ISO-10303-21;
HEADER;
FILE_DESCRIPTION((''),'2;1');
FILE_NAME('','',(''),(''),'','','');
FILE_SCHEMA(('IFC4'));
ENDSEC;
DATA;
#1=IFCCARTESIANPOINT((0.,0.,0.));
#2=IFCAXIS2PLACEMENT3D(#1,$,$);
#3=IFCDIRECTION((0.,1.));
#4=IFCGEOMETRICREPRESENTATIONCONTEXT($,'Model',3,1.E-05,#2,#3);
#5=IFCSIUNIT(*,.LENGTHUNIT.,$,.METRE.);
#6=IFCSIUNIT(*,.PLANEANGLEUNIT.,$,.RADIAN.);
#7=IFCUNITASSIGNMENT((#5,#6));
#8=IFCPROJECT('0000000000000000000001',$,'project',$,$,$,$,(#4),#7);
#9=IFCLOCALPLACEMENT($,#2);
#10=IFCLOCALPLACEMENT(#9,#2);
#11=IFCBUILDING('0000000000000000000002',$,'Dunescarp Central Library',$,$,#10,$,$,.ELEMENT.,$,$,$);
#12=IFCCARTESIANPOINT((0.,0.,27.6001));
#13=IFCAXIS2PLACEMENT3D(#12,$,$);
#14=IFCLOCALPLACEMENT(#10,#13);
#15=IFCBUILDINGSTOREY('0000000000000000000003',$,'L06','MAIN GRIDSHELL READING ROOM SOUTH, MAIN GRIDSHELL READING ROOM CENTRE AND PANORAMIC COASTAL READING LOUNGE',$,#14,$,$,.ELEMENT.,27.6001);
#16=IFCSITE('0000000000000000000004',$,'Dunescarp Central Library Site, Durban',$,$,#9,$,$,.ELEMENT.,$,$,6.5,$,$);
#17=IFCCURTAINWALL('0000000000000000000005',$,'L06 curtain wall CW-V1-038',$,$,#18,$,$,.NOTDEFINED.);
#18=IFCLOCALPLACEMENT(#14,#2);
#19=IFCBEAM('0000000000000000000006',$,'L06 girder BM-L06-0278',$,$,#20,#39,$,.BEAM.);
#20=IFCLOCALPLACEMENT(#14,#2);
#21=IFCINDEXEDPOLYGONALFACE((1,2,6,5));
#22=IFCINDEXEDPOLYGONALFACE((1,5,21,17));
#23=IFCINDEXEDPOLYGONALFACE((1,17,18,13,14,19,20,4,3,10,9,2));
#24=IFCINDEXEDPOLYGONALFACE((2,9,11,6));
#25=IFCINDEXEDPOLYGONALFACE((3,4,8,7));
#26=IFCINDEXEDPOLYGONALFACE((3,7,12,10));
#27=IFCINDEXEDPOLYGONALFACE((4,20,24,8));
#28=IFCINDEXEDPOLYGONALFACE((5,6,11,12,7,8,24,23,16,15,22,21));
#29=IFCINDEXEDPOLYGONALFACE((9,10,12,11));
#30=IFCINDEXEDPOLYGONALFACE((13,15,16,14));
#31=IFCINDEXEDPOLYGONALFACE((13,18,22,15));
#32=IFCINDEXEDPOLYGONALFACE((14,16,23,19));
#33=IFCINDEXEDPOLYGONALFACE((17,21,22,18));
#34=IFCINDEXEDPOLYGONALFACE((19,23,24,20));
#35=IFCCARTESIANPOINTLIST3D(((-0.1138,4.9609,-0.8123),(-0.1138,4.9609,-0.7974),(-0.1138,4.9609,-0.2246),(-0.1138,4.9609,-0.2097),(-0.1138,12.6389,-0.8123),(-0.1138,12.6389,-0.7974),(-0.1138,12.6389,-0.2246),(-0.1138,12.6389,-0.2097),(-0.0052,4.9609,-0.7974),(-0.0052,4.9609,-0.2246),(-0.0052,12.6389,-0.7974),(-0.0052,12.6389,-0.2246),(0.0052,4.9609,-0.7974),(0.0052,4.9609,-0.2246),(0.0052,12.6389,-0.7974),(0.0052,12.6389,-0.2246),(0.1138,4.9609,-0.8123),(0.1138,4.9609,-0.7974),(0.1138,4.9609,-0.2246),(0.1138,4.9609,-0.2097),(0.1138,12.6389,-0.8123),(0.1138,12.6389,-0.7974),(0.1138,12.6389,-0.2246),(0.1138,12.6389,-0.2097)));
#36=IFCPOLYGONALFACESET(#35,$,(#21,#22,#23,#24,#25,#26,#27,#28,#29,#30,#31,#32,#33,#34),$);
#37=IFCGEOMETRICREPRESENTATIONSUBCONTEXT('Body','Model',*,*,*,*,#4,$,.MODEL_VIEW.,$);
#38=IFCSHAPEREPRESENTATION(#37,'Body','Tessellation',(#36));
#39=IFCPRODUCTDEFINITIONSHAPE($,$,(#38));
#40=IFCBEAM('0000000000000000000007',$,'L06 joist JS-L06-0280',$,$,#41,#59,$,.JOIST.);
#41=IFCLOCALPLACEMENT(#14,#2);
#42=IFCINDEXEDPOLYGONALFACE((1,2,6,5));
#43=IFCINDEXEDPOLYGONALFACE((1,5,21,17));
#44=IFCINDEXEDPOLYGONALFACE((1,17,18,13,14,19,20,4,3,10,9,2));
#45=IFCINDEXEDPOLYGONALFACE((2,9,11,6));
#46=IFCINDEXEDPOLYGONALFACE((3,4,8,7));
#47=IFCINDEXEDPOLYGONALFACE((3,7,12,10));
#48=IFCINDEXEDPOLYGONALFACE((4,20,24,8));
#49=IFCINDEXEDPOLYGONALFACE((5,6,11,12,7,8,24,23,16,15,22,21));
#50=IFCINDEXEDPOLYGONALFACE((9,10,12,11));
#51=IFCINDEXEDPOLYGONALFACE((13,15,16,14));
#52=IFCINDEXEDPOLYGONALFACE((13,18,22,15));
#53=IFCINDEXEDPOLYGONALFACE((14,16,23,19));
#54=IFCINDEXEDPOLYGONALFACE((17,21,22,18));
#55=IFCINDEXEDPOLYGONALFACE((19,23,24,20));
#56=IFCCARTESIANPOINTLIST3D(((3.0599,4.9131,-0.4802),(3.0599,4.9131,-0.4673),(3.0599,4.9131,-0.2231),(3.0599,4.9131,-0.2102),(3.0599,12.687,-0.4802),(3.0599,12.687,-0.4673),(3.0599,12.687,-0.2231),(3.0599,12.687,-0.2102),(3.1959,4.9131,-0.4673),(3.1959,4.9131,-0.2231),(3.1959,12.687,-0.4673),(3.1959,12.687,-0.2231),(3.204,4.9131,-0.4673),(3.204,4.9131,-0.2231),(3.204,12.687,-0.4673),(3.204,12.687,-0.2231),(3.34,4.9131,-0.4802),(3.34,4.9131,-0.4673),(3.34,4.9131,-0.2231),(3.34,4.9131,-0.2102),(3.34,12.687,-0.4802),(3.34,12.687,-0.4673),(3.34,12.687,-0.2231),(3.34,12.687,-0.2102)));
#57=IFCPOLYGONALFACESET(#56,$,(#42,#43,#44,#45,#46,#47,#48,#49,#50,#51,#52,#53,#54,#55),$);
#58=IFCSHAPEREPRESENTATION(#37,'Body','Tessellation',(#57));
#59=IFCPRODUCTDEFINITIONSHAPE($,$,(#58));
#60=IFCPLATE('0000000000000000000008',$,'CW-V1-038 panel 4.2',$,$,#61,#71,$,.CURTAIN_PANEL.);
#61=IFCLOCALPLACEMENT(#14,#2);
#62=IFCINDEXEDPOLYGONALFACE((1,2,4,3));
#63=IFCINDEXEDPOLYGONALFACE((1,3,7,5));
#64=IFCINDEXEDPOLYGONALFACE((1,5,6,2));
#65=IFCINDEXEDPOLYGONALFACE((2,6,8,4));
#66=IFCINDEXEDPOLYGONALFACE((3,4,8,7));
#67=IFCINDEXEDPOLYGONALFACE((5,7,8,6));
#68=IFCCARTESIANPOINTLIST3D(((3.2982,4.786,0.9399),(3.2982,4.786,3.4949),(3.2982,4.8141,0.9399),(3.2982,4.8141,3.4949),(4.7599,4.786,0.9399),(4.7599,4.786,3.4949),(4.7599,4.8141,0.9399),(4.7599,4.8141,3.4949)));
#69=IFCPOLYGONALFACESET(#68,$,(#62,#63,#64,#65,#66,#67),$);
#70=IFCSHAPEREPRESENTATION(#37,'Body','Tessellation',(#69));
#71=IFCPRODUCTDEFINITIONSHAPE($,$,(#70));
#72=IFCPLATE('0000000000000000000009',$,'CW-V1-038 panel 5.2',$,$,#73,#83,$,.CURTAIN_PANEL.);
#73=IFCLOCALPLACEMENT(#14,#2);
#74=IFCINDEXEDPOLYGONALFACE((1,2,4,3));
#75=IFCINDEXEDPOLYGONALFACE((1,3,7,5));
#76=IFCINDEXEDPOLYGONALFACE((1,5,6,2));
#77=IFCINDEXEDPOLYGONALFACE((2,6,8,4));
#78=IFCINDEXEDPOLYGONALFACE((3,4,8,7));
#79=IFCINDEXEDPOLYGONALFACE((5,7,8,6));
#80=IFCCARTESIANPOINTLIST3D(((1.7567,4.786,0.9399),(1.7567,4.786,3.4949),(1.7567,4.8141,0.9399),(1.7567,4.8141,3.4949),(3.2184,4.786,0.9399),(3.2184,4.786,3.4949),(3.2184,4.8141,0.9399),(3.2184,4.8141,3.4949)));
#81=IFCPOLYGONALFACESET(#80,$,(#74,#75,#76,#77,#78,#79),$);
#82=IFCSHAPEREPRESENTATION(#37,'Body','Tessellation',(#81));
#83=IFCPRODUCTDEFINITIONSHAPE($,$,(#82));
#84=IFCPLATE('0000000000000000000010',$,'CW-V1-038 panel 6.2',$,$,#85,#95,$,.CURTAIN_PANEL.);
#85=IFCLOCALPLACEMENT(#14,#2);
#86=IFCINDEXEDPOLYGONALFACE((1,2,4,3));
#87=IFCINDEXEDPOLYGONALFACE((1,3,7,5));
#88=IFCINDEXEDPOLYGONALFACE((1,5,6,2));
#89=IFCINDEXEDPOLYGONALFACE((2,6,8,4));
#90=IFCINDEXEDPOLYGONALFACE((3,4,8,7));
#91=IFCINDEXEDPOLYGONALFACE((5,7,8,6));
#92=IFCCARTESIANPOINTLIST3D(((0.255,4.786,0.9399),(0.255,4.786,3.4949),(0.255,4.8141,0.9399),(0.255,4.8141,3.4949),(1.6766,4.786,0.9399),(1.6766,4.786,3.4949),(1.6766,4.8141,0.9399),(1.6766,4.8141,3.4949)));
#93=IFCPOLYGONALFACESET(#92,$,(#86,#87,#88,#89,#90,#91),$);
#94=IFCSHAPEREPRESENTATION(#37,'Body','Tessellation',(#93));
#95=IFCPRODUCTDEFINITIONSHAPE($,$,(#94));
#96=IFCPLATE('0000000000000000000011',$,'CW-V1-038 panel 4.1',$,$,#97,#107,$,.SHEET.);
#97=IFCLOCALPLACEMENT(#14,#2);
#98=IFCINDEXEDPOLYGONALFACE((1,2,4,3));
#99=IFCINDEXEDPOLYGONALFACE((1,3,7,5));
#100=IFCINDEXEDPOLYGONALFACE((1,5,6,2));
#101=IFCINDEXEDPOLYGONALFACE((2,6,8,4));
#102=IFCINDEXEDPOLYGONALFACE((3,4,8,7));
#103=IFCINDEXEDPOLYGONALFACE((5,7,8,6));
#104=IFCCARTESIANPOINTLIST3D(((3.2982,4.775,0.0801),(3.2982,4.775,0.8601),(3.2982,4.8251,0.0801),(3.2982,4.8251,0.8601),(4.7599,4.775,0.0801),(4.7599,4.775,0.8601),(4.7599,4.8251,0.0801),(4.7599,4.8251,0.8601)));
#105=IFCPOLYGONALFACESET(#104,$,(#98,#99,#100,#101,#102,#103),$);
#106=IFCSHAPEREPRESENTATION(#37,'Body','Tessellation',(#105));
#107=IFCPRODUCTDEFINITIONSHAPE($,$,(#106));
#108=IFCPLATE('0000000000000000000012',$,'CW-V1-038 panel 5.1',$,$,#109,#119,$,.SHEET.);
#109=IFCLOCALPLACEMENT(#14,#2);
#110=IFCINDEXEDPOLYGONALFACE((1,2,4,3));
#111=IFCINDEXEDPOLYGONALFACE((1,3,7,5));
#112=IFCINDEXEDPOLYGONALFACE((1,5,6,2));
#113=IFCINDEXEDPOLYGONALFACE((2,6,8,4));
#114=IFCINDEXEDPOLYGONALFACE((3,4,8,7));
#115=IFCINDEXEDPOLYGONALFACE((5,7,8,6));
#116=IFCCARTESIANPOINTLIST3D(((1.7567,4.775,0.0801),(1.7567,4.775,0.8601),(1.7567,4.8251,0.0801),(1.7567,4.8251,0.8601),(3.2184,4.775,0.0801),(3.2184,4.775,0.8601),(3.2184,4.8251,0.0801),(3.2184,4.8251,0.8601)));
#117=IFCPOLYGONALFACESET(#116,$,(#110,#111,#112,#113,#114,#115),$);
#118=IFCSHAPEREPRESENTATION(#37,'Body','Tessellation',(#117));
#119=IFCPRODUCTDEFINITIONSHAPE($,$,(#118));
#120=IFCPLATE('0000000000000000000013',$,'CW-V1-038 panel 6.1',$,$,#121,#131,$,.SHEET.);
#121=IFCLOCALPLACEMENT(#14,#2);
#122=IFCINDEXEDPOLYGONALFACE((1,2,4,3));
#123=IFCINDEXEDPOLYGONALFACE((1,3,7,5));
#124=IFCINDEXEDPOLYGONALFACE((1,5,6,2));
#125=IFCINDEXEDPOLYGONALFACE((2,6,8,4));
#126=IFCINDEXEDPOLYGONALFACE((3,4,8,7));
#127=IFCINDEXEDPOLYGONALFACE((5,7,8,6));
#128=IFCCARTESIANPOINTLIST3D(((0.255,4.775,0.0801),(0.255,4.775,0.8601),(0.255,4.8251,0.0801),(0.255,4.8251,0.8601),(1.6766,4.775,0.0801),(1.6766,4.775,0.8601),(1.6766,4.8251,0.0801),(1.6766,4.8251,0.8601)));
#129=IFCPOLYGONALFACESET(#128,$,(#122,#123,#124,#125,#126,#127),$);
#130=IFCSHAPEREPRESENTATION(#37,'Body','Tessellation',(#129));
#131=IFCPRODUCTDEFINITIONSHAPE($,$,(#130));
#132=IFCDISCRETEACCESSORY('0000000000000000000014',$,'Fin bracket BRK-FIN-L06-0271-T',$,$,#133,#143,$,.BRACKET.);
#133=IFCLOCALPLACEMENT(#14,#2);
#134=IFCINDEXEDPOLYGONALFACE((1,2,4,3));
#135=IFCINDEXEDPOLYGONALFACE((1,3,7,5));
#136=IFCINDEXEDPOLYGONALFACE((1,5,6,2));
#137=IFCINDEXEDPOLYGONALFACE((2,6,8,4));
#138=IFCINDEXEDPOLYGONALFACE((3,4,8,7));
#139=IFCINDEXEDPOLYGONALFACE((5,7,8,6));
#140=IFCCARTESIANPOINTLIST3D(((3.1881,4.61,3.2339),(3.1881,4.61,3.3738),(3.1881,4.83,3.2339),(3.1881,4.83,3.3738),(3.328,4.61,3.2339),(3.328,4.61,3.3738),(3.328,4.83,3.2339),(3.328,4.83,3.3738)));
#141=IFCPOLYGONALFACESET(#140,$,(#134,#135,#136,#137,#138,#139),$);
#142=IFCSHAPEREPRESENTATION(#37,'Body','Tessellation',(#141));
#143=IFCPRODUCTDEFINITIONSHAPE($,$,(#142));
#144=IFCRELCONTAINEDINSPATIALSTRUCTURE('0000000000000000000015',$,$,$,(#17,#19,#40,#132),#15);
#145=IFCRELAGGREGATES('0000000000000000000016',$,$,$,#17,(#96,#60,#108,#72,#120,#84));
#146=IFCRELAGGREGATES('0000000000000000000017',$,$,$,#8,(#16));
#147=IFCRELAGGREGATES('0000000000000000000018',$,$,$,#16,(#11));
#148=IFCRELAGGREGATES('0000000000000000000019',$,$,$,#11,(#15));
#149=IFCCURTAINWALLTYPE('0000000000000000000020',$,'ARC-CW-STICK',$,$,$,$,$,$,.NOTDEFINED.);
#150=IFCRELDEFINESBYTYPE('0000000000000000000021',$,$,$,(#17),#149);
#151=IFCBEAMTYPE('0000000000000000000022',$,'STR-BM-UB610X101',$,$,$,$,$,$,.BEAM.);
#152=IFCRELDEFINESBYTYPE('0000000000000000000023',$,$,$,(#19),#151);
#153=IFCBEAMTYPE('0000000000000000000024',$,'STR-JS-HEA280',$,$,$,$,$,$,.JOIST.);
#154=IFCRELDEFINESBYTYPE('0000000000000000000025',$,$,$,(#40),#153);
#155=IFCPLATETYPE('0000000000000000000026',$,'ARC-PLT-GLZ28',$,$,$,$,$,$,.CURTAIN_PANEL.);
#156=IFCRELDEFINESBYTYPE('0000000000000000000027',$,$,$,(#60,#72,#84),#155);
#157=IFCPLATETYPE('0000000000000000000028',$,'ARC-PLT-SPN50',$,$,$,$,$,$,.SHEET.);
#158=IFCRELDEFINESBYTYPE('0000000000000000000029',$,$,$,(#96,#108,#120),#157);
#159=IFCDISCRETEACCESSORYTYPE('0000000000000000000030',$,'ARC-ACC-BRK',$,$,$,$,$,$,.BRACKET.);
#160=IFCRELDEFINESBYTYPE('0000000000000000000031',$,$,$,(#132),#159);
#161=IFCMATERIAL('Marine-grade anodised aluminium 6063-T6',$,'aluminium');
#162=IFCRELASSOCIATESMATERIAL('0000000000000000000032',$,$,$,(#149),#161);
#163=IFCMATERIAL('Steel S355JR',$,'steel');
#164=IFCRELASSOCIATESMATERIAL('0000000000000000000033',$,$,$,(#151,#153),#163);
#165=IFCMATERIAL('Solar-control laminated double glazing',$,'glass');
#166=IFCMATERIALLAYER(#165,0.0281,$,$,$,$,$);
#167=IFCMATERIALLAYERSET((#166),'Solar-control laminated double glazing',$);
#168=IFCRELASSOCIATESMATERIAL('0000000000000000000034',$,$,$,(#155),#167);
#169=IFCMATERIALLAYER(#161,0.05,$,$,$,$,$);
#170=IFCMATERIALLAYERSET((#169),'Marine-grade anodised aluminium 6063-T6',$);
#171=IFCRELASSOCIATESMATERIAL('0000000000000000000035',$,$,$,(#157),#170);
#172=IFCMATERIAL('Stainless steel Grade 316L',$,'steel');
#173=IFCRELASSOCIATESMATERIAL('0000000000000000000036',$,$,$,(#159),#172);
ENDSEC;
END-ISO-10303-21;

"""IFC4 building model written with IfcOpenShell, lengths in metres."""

from ifc_helpers import new_model, si_unit, direction, frame, origin, origin_2d, place, context, subcontext, project, spatial, rectangle, i_section, extrude, material, layer, layer_set, material_profile, profile_set, type_object, element, aggregate, save


model = new_model("IFC4")

# Units and contexts
model_context = context("Model", 3, precision=1e-05, world=origin(), true_north=direction((0.0, 1.0)))
body_context = subcontext(model_context, "Body", "Model", "MODEL_VIEW")
ifc_project = project(units=[si_unit("LENGTHUNIT", "METRE"), si_unit("PLANEANGLEUNIT", "RADIAN")], contexts=[model_context])

# Site, building, storey
site_placement = place(None, origin())
site = spatial("IfcSite", under=ifc_project, at=site_placement, Name="Dunescarp Central Library Site, Durban", CompositionType="ELEMENT", RefElevation=6.5)
building_placement = place(site_placement, origin())
building = spatial("IfcBuilding", under=site, at=building_placement, Name="Dunescarp Central Library", CompositionType="ELEMENT")
storey_placement = place(building_placement, frame((0.0, 0.0, 27.6001)))
storey = spatial("IfcBuildingStorey", under=building, at=storey_placement, Name="L06", Description="MAIN GRIDSHELL READING ROOM SOUTH, MAIN GRIDSHELL READING ROOM CENTRE AND PANORAMIC COASTAL READING LOUNGE", CompositionType="ELEMENT", Elevation=27.6001)

# Shared definitions
ifc_material_1 = material(Name="Steel S355JR", Category="steel")

# Curtain wall
ifc_material_2 = material(Name="Marine-grade anodised aluminium 6063-T6", Category="aluminium")
curtain_wall_type = type_object("IfcCurtainWallType", Name="ARC-CW-STICK", PredefinedType="NOTDEFINED", material=ifc_material_2)
curtain_wall_1_placement = place(storey_placement, origin())
curtain_wall_1 = element("IfcCurtainWall", 1, at=curtain_wall_1_placement, inside=storey, type_object=curtain_wall_type, Name="L06 curtain wall CW-V1-038", PredefinedType="NOTDEFINED")

# Beams
ifc_material_profile_1 = material_profile(ifc_material_1, i_section(OverallWidth=0.2275, OverallDepth=0.6025, WebThickness=0.0105, FlangeThickness=0.0149, at=origin_2d()), Name="UB 610x229x101")
ifc_profile_set_1 = profile_set([ifc_material_profile_1], Name="Steel S355JR")
beam_type_1 = type_object("IfcBeamType", Name="STR-BM-UB610X101", PredefinedType="BEAM", material=ifc_profile_set_1)
beam_1_placement = place(storey_placement, frame((0.0, 4.9609, -0.511), z_axis=(0.0, 1.0, 0.0), x_axis=(-1.0, 0.0, 0.0)))
element("IfcBeam", 2, at=beam_1_placement, inside=storey, type_object=beam_type_1, Name="L06 girder BM-L06-0278", PredefinedType="BEAM", context=body_context, shape_type="SweptSolid", body=[
    extrude(i_section(OverallWidth=0.2275, OverallDepth=0.6025, WebThickness=0.0105, FlangeThickness=0.0149, at=origin_2d()), origin(), (0.0, 0.0, 1.0), 7.678),
])
ifc_material_profile_2 = material_profile(ifc_material_1, i_section(OverallWidth=0.28, OverallDepth=0.27, WebThickness=0.0081, FlangeThickness=0.0129, at=origin_2d()), Name="HEA 280")
ifc_profile_set_2 = profile_set([ifc_material_profile_2], Name="Steel S355JR")
beam_type_2 = type_object("IfcBeamType", Name="STR-JS-HEA280", PredefinedType="JOIST", material=ifc_profile_set_2)
beam_2_placement = place(storey_placement, frame((3.2, 4.9131, -0.3452), z_axis=(0.0, 1.0, 0.0), x_axis=(-1.0, 0.0, 0.0)))
element("IfcBeam", 3, at=beam_2_placement, inside=storey, type_object=beam_type_2, Name="L06 joist JS-L06-0280", PredefinedType="JOIST", context=body_context, shape_type="SweptSolid", body=[
    extrude(i_section(OverallWidth=0.28, OverallDepth=0.27, WebThickness=0.0081, FlangeThickness=0.0129, at=origin_2d()), origin(), (0.0, 0.0, 1.0), 7.7739),
])

# Plates
ifc_material_3 = material(Name="Solar-control laminated double glazing", Category="glass")
ifc_layer_1 = layer(ifc_material_3, 0.0281)
ifc_layer_set_1 = layer_set([ifc_layer_1], Name="Solar-control laminated double glazing")
plate_type_1 = type_object("IfcPlateType", Name="ARC-PLT-GLZ28", PredefinedType="CURTAIN_PANEL", material=ifc_layer_set_1)
plate_1_placement = place(storey_placement, frame((4.0291, 4.8, 0.9399), z_axis=(0.0, 0.0, 1.0), x_axis=(-1.0, 0.0, 0.0)))
plate_1 = element("IfcPlate", 4, at=plate_1_placement, type_object=plate_type_1, Name="CW-V1-038 panel 4.2", PredefinedType="CURTAIN_PANEL", context=body_context, shape_type="SweptSolid", body=[
    extrude(rectangle(XDim=1.4617, YDim=0.0281, at=origin_2d()), origin(), (0.0, 0.0, 1.0), 2.5549),
])
plate_2_placement = place(storey_placement, frame((2.4875, 4.8, 0.9399), z_axis=(0.0, 0.0, 1.0), x_axis=(-1.0, 0.0, 0.0)))
plate_2 = element("IfcPlate", 5, at=plate_2_placement, type_object=plate_type_1, Name="CW-V1-038 panel 5.2", PredefinedType="CURTAIN_PANEL", context=body_context, shape_type="SweptSolid", body=[
    extrude(rectangle(XDim=1.4617, YDim=0.0281, at=origin_2d()), origin(), (0.0, 0.0, 1.0), 2.5549),
])
plate_3_placement = place(storey_placement, frame((0.9658, 4.8, 0.9399), z_axis=(0.0, 0.0, 1.0), x_axis=(-1.0, 0.0, 0.0)))
plate_3 = element("IfcPlate", 6, at=plate_3_placement, type_object=plate_type_1, Name="CW-V1-038 panel 6.2", PredefinedType="CURTAIN_PANEL", context=body_context, shape_type="SweptSolid", body=[
    extrude(rectangle(XDim=1.4216, YDim=0.0281, at=origin_2d()), origin(), (0.0, 0.0, 1.0), 2.5549),
])
ifc_layer_2 = layer(ifc_material_2, 0.05)
ifc_layer_set_2 = layer_set([ifc_layer_2], Name="Marine-grade anodised aluminium 6063-T6")
plate_type_2 = type_object("IfcPlateType", Name="ARC-PLT-SPN50", PredefinedType="SHEET", material=ifc_layer_set_2)
plate_4_placement = place(storey_placement, frame((4.0291, 4.8, 0.0801), z_axis=(0.0, 0.0, 1.0), x_axis=(-1.0, 0.0, 0.0)))
plate_4 = element("IfcPlate", 7, at=plate_4_placement, type_object=plate_type_2, Name="CW-V1-038 panel 4.1", PredefinedType="SHEET", context=body_context, shape_type="SweptSolid", body=[
    extrude(rectangle(XDim=1.4617, YDim=0.05, at=origin_2d()), origin(), (0.0, 0.0, 1.0), 0.78),
])
plate_5_placement = place(storey_placement, frame((2.4875, 4.8, 0.0801), z_axis=(0.0, 0.0, 1.0), x_axis=(-1.0, 0.0, 0.0)))
plate_5 = element("IfcPlate", 8, at=plate_5_placement, type_object=plate_type_2, Name="CW-V1-038 panel 5.1", PredefinedType="SHEET", context=body_context, shape_type="SweptSolid", body=[
    extrude(rectangle(XDim=1.4617, YDim=0.05, at=origin_2d()), origin(), (0.0, 0.0, 1.0), 0.78),
])
plate_6_placement = place(storey_placement, frame((0.9658, 4.8, 0.0801), z_axis=(0.0, 0.0, 1.0), x_axis=(-1.0, 0.0, 0.0)))
plate_6 = element("IfcPlate", 9, at=plate_6_placement, type_object=plate_type_2, Name="CW-V1-038 panel 6.1", PredefinedType="SHEET", context=body_context, shape_type="SweptSolid", body=[
    extrude(rectangle(XDim=1.4216, YDim=0.05, at=origin_2d()), origin(), (0.0, 0.0, 1.0), 0.78),
])
aggregate(curtain_wall_1, [plate_4, plate_1, plate_5, plate_2, plate_6, plate_3])

# Discrete accessory
ifc_material_4 = material(Name="Stainless steel Grade 316L", Category="steel")
discrete_accessory_type = type_object("IfcDiscreteAccessoryType", Name="ARC-ACC-BRK", PredefinedType="BRACKET", material=ifc_material_4)
discrete_accessory_placement = place(storey_placement, frame((3.2581, 4.72, 3.2339), z_axis=(0.0, 0.0, 1.0), x_axis=(0.0, -1.0, 0.0)))
element("IfcDiscreteAccessory", 10, at=discrete_accessory_placement, inside=storey, type_object=discrete_accessory_type, Name="Fin bracket BRK-FIN-L06-0271-T", PredefinedType="BRACKET", context=body_context, shape_type="SweptSolid", body=[
    extrude(rectangle(XDim=0.22, YDim=0.1399, at=origin_2d()), origin(), (0.0, 0.0, 1.0), 0.1399),
])

save(model, "model.ifc")
